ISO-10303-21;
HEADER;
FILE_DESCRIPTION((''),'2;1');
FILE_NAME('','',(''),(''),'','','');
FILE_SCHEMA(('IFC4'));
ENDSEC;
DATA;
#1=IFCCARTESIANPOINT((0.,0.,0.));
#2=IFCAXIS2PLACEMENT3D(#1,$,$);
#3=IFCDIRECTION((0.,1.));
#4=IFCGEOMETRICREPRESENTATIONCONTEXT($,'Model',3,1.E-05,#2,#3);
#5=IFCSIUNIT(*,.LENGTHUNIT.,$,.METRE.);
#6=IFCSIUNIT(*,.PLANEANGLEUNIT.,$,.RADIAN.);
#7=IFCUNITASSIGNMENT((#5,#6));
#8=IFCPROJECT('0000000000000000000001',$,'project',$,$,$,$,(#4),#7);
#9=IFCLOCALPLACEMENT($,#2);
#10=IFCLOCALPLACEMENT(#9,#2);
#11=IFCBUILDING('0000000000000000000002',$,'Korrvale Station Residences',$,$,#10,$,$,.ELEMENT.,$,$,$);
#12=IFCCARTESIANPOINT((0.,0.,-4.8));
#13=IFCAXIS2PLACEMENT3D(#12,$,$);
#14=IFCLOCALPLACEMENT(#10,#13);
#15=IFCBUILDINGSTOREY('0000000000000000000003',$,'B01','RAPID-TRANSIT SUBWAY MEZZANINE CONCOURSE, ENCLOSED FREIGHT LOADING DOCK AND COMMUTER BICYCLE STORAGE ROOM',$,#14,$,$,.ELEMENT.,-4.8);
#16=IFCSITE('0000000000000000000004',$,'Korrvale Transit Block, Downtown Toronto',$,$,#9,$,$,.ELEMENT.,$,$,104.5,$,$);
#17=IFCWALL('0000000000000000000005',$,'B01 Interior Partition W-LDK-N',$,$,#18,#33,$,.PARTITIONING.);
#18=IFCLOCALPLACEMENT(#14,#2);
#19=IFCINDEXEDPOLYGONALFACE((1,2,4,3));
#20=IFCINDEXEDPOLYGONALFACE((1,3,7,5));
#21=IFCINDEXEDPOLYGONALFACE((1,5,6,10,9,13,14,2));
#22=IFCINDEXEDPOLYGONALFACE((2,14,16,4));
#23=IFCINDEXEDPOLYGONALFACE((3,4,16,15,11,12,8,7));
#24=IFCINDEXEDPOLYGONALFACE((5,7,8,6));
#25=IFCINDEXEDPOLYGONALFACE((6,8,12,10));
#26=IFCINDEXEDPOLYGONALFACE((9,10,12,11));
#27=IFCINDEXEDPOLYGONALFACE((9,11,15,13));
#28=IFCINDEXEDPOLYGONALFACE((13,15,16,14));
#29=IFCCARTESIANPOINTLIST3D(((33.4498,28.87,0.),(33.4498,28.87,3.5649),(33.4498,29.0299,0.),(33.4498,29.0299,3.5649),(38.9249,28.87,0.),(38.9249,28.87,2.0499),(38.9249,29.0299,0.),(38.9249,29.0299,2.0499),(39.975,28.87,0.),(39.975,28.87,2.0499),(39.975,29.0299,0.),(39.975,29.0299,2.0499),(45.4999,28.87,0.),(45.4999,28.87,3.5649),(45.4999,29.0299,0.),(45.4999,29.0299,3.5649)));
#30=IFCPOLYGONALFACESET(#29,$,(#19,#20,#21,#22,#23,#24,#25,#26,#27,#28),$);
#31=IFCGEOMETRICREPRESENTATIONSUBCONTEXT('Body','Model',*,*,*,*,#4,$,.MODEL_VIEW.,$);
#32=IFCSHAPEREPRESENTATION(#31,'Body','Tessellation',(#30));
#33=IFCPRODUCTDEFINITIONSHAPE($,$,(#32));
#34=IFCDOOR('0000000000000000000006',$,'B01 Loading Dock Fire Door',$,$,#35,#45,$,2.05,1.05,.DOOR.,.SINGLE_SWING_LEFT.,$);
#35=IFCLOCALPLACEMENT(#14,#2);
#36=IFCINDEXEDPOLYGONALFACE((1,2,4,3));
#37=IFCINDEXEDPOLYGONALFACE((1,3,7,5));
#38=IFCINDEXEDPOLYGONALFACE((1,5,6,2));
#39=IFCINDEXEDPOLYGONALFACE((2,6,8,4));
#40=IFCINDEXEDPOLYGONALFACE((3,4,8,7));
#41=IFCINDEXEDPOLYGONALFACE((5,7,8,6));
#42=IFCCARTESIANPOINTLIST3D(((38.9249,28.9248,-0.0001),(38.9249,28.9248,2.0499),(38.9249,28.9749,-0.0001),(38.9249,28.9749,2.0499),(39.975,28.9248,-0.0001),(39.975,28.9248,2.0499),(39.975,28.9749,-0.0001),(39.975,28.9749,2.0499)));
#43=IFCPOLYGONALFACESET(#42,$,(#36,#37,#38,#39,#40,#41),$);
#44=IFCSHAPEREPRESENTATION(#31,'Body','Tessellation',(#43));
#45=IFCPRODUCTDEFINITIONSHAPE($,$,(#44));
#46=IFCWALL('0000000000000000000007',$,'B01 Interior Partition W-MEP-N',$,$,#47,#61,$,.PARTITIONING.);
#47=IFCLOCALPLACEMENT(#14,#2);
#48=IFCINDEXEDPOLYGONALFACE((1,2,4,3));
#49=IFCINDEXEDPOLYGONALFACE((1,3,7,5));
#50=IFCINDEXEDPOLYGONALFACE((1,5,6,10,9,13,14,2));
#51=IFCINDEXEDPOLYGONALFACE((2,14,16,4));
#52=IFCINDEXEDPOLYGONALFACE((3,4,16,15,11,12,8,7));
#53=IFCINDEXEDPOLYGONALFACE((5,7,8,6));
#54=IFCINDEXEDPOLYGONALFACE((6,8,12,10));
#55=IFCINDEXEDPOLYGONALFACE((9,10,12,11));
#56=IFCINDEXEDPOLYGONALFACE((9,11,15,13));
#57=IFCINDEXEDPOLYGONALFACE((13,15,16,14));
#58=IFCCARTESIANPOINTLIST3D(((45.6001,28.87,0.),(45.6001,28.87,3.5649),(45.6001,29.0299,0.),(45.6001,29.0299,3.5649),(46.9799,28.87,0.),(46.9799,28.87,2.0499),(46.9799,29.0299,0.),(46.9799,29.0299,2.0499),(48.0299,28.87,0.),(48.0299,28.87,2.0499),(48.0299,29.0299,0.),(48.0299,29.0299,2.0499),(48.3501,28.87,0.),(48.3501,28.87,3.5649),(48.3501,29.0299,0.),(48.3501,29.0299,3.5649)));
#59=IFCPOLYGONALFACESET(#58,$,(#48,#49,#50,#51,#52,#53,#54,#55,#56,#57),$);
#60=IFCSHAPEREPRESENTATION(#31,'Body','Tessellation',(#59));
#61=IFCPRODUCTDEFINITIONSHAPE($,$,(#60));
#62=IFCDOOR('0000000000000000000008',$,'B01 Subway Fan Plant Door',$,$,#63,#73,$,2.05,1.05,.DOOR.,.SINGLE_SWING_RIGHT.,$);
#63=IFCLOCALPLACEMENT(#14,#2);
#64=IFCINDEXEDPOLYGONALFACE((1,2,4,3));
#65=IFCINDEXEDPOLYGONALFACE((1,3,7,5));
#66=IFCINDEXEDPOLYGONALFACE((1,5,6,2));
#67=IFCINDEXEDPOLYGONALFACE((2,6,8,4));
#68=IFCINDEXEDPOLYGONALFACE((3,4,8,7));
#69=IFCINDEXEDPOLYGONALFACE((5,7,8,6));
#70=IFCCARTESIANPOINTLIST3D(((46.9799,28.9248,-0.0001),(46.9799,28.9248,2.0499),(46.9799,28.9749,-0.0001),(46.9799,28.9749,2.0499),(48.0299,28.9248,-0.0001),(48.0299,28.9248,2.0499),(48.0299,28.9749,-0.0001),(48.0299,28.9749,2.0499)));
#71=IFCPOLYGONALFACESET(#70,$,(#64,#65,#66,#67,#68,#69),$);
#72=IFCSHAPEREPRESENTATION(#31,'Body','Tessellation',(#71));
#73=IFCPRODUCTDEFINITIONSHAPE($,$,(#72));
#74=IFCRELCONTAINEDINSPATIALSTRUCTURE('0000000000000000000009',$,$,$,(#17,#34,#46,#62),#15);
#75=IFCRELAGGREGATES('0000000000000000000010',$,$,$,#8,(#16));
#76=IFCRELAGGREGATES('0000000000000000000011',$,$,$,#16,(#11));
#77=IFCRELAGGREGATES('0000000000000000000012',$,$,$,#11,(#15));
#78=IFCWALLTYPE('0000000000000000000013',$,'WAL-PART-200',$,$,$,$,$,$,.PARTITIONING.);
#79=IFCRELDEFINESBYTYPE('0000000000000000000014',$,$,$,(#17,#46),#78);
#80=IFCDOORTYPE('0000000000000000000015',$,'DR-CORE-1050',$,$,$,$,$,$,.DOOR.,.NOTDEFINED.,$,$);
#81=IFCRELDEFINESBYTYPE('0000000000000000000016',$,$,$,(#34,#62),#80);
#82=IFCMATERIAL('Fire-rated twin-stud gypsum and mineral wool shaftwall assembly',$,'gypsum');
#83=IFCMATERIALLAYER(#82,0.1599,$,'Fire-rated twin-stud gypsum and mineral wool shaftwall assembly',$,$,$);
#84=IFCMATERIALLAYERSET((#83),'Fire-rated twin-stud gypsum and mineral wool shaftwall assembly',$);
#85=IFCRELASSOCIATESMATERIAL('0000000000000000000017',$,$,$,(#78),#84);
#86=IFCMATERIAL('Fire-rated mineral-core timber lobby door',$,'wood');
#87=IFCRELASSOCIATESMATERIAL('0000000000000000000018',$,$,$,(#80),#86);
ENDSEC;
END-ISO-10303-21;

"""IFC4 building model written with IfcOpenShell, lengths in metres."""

from ifc_helpers import new_model, si_unit, direction, frame, frame_2d, origin, place, context, subcontext, project, spatial, rectangle, extrude, material, layer, layer_set, type_object, element, fill, save


model = new_model("IFC4")

# Units and contexts
model_context = context("Model", 3, precision=1e-05, world=origin(), true_north=direction((0.0, 1.0)))
body_context = subcontext(model_context, "Body", "Model", "MODEL_VIEW")
ifc_project = project(units=[si_unit("LENGTHUNIT", "METRE"), si_unit("PLANEANGLEUNIT", "RADIAN")], contexts=[model_context])

# Site, building, storey
site_placement = place(None, origin())
site = spatial("IfcSite", under=ifc_project, at=site_placement, Name="Korrvale Transit Block, Downtown Toronto", CompositionType="ELEMENT", RefElevation=104.5)
building_placement = place(site_placement, origin())
building = spatial("IfcBuilding", under=site, at=building_placement, Name="Korrvale Station Residences", CompositionType="ELEMENT")
storey_placement = place(building_placement, frame((0.0, 0.0, -4.8)))
storey = spatial("IfcBuildingStorey", under=building, at=storey_placement, Name="B01", Description="RAPID-TRANSIT SUBWAY MEZZANINE CONCOURSE, ENCLOSED FREIGHT LOADING DOCK AND COMMUTER BICYCLE STORAGE ROOM", CompositionType="ELEMENT", Elevation=-4.8)

# Shared definitions
ifc_material_1 = material(Name="Fire-rated twin-stud gypsum and mineral wool shaftwall assembly", Category="gypsum")
ifc_layer_1 = layer(ifc_material_1, 0.1599, Name="Fire-rated twin-stud gypsum and mineral wool shaftwall assembly")
ifc_layer_set_1 = layer_set([ifc_layer_1], Name="Fire-rated twin-stud gypsum and mineral wool shaftwall assembly")
wall_type_1 = type_object("IfcWallType", Name="WAL-PART-200", PredefinedType="PARTITIONING", material=ifc_layer_set_1)

# Walls, openings, doors
wall_1_placement = place(storey_placement, frame((33.45, 28.95, 0.0), z_axis=(0.0, 0.0, 1.0), x_axis=(1.0, 0.0, 0.0)))
wall_1 = element("IfcWall", 1, at=wall_1_placement, inside=storey, type_object=wall_type_1, Name="B01 Interior Partition W-LDK-N", PredefinedType="PARTITIONING", context=body_context, shape_type="SweptSolid", body=[
    extrude(rectangle(XDim=12.05, YDim=0.1599, at=frame_2d((6.0249, 0.0))), origin(), (0.0, 0.0, 1.0), 3.5649),
])
opening_1_placement = place(wall_1_placement, frame((5.4751, 0.0, 0.0)))
opening_1 = element("IfcOpeningElement", 2, at=opening_1_placement, cuts=wall_1, PredefinedType="OPENING", context=body_context, shape_type="SweptSolid", body=[
    extrude(rectangle(XDim=1.05, YDim=2.05, at=frame_2d((0.5249, 1.0249))), frame((0.0, 0.0898, 0.0), z_axis=(0.0, -1.0, 0.0), x_axis=(1.0, 0.0, 0.0)), (0.0, 0.0, 1.0), 0.1799),
])
ifc_material_2 = material(Name="Fire-rated mineral-core timber lobby door", Category="wood")
door_type_1 = type_object("IfcDoorType", Name="DR-CORE-1050", OperationType="NOTDEFINED", PredefinedType="DOOR", material=ifc_material_2)
door_1_placement = place(opening_1_placement, origin())
door_1 = element("IfcDoor", 3, at=door_1_placement, inside=storey, type_object=door_type_1, Name="B01 Loading Dock Fire Door", OperationType="SINGLE_SWING_LEFT", OverallHeight=2.05, OverallWidth=1.05, PredefinedType="DOOR", context=body_context, shape_type="SweptSolid", body=[
    extrude(rectangle(XDim=1.05, YDim=2.05, at=frame_2d((0.5249, 1.0249))), frame((0.0, 0.0249, 0.0), z_axis=(0.0, -1.0, 0.0), x_axis=(1.0, 0.0, 0.0)), (0.0, 0.0, 1.0), 0.05),
])
fill(opening_1, door_1)
wall_2_placement = place(storey_placement, frame((45.6001, 28.95, 0.0), z_axis=(0.0, 0.0, 1.0), x_axis=(1.0, 0.0, 0.0)))
wall_2 = element("IfcWall", 4, at=wall_2_placement, inside=storey, type_object=wall_type_1, Name="B01 Interior Partition W-MEP-N", PredefinedType="PARTITIONING", context=body_context, shape_type="SweptSolid", body=[
    extrude(rectangle(XDim=2.75, YDim=0.1599, at=frame_2d((1.375, 0.0))), origin(), (0.0, 0.0, 1.0), 3.5649),
])
opening_2_placement = place(wall_2_placement, frame((1.3799, 0.0, 0.0)))
opening_2 = element("IfcOpeningElement", 5, at=opening_2_placement, cuts=wall_2, PredefinedType="OPENING", context=body_context, shape_type="SweptSolid", body=[
    extrude(rectangle(XDim=1.05, YDim=2.05, at=frame_2d((0.5249, 1.0249))), frame((0.0, 0.0898, 0.0), z_axis=(0.0, -1.0, 0.0), x_axis=(1.0, 0.0, 0.0)), (0.0, 0.0, 1.0), 0.1799),
])
door_2_placement = place(opening_2_placement, origin())
door_2 = element("IfcDoor", 6, at=door_2_placement, inside=storey, type_object=door_type_1, Name="B01 Subway Fan Plant Door", OperationType="SINGLE_SWING_RIGHT", OverallHeight=2.05, OverallWidth=1.05, PredefinedType="DOOR", context=body_context, shape_type="SweptSolid", body=[
    extrude(rectangle(XDim=1.05, YDim=2.05, at=frame_2d((0.5249, 1.0249))), frame((0.0, 0.0249, 0.0), z_axis=(0.0, -1.0, 0.0), x_axis=(1.0, 0.0, 0.0)), (0.0, 0.0, 1.0), 0.05),
])
fill(opening_2, door_2)

save(model, "model.ifc")
